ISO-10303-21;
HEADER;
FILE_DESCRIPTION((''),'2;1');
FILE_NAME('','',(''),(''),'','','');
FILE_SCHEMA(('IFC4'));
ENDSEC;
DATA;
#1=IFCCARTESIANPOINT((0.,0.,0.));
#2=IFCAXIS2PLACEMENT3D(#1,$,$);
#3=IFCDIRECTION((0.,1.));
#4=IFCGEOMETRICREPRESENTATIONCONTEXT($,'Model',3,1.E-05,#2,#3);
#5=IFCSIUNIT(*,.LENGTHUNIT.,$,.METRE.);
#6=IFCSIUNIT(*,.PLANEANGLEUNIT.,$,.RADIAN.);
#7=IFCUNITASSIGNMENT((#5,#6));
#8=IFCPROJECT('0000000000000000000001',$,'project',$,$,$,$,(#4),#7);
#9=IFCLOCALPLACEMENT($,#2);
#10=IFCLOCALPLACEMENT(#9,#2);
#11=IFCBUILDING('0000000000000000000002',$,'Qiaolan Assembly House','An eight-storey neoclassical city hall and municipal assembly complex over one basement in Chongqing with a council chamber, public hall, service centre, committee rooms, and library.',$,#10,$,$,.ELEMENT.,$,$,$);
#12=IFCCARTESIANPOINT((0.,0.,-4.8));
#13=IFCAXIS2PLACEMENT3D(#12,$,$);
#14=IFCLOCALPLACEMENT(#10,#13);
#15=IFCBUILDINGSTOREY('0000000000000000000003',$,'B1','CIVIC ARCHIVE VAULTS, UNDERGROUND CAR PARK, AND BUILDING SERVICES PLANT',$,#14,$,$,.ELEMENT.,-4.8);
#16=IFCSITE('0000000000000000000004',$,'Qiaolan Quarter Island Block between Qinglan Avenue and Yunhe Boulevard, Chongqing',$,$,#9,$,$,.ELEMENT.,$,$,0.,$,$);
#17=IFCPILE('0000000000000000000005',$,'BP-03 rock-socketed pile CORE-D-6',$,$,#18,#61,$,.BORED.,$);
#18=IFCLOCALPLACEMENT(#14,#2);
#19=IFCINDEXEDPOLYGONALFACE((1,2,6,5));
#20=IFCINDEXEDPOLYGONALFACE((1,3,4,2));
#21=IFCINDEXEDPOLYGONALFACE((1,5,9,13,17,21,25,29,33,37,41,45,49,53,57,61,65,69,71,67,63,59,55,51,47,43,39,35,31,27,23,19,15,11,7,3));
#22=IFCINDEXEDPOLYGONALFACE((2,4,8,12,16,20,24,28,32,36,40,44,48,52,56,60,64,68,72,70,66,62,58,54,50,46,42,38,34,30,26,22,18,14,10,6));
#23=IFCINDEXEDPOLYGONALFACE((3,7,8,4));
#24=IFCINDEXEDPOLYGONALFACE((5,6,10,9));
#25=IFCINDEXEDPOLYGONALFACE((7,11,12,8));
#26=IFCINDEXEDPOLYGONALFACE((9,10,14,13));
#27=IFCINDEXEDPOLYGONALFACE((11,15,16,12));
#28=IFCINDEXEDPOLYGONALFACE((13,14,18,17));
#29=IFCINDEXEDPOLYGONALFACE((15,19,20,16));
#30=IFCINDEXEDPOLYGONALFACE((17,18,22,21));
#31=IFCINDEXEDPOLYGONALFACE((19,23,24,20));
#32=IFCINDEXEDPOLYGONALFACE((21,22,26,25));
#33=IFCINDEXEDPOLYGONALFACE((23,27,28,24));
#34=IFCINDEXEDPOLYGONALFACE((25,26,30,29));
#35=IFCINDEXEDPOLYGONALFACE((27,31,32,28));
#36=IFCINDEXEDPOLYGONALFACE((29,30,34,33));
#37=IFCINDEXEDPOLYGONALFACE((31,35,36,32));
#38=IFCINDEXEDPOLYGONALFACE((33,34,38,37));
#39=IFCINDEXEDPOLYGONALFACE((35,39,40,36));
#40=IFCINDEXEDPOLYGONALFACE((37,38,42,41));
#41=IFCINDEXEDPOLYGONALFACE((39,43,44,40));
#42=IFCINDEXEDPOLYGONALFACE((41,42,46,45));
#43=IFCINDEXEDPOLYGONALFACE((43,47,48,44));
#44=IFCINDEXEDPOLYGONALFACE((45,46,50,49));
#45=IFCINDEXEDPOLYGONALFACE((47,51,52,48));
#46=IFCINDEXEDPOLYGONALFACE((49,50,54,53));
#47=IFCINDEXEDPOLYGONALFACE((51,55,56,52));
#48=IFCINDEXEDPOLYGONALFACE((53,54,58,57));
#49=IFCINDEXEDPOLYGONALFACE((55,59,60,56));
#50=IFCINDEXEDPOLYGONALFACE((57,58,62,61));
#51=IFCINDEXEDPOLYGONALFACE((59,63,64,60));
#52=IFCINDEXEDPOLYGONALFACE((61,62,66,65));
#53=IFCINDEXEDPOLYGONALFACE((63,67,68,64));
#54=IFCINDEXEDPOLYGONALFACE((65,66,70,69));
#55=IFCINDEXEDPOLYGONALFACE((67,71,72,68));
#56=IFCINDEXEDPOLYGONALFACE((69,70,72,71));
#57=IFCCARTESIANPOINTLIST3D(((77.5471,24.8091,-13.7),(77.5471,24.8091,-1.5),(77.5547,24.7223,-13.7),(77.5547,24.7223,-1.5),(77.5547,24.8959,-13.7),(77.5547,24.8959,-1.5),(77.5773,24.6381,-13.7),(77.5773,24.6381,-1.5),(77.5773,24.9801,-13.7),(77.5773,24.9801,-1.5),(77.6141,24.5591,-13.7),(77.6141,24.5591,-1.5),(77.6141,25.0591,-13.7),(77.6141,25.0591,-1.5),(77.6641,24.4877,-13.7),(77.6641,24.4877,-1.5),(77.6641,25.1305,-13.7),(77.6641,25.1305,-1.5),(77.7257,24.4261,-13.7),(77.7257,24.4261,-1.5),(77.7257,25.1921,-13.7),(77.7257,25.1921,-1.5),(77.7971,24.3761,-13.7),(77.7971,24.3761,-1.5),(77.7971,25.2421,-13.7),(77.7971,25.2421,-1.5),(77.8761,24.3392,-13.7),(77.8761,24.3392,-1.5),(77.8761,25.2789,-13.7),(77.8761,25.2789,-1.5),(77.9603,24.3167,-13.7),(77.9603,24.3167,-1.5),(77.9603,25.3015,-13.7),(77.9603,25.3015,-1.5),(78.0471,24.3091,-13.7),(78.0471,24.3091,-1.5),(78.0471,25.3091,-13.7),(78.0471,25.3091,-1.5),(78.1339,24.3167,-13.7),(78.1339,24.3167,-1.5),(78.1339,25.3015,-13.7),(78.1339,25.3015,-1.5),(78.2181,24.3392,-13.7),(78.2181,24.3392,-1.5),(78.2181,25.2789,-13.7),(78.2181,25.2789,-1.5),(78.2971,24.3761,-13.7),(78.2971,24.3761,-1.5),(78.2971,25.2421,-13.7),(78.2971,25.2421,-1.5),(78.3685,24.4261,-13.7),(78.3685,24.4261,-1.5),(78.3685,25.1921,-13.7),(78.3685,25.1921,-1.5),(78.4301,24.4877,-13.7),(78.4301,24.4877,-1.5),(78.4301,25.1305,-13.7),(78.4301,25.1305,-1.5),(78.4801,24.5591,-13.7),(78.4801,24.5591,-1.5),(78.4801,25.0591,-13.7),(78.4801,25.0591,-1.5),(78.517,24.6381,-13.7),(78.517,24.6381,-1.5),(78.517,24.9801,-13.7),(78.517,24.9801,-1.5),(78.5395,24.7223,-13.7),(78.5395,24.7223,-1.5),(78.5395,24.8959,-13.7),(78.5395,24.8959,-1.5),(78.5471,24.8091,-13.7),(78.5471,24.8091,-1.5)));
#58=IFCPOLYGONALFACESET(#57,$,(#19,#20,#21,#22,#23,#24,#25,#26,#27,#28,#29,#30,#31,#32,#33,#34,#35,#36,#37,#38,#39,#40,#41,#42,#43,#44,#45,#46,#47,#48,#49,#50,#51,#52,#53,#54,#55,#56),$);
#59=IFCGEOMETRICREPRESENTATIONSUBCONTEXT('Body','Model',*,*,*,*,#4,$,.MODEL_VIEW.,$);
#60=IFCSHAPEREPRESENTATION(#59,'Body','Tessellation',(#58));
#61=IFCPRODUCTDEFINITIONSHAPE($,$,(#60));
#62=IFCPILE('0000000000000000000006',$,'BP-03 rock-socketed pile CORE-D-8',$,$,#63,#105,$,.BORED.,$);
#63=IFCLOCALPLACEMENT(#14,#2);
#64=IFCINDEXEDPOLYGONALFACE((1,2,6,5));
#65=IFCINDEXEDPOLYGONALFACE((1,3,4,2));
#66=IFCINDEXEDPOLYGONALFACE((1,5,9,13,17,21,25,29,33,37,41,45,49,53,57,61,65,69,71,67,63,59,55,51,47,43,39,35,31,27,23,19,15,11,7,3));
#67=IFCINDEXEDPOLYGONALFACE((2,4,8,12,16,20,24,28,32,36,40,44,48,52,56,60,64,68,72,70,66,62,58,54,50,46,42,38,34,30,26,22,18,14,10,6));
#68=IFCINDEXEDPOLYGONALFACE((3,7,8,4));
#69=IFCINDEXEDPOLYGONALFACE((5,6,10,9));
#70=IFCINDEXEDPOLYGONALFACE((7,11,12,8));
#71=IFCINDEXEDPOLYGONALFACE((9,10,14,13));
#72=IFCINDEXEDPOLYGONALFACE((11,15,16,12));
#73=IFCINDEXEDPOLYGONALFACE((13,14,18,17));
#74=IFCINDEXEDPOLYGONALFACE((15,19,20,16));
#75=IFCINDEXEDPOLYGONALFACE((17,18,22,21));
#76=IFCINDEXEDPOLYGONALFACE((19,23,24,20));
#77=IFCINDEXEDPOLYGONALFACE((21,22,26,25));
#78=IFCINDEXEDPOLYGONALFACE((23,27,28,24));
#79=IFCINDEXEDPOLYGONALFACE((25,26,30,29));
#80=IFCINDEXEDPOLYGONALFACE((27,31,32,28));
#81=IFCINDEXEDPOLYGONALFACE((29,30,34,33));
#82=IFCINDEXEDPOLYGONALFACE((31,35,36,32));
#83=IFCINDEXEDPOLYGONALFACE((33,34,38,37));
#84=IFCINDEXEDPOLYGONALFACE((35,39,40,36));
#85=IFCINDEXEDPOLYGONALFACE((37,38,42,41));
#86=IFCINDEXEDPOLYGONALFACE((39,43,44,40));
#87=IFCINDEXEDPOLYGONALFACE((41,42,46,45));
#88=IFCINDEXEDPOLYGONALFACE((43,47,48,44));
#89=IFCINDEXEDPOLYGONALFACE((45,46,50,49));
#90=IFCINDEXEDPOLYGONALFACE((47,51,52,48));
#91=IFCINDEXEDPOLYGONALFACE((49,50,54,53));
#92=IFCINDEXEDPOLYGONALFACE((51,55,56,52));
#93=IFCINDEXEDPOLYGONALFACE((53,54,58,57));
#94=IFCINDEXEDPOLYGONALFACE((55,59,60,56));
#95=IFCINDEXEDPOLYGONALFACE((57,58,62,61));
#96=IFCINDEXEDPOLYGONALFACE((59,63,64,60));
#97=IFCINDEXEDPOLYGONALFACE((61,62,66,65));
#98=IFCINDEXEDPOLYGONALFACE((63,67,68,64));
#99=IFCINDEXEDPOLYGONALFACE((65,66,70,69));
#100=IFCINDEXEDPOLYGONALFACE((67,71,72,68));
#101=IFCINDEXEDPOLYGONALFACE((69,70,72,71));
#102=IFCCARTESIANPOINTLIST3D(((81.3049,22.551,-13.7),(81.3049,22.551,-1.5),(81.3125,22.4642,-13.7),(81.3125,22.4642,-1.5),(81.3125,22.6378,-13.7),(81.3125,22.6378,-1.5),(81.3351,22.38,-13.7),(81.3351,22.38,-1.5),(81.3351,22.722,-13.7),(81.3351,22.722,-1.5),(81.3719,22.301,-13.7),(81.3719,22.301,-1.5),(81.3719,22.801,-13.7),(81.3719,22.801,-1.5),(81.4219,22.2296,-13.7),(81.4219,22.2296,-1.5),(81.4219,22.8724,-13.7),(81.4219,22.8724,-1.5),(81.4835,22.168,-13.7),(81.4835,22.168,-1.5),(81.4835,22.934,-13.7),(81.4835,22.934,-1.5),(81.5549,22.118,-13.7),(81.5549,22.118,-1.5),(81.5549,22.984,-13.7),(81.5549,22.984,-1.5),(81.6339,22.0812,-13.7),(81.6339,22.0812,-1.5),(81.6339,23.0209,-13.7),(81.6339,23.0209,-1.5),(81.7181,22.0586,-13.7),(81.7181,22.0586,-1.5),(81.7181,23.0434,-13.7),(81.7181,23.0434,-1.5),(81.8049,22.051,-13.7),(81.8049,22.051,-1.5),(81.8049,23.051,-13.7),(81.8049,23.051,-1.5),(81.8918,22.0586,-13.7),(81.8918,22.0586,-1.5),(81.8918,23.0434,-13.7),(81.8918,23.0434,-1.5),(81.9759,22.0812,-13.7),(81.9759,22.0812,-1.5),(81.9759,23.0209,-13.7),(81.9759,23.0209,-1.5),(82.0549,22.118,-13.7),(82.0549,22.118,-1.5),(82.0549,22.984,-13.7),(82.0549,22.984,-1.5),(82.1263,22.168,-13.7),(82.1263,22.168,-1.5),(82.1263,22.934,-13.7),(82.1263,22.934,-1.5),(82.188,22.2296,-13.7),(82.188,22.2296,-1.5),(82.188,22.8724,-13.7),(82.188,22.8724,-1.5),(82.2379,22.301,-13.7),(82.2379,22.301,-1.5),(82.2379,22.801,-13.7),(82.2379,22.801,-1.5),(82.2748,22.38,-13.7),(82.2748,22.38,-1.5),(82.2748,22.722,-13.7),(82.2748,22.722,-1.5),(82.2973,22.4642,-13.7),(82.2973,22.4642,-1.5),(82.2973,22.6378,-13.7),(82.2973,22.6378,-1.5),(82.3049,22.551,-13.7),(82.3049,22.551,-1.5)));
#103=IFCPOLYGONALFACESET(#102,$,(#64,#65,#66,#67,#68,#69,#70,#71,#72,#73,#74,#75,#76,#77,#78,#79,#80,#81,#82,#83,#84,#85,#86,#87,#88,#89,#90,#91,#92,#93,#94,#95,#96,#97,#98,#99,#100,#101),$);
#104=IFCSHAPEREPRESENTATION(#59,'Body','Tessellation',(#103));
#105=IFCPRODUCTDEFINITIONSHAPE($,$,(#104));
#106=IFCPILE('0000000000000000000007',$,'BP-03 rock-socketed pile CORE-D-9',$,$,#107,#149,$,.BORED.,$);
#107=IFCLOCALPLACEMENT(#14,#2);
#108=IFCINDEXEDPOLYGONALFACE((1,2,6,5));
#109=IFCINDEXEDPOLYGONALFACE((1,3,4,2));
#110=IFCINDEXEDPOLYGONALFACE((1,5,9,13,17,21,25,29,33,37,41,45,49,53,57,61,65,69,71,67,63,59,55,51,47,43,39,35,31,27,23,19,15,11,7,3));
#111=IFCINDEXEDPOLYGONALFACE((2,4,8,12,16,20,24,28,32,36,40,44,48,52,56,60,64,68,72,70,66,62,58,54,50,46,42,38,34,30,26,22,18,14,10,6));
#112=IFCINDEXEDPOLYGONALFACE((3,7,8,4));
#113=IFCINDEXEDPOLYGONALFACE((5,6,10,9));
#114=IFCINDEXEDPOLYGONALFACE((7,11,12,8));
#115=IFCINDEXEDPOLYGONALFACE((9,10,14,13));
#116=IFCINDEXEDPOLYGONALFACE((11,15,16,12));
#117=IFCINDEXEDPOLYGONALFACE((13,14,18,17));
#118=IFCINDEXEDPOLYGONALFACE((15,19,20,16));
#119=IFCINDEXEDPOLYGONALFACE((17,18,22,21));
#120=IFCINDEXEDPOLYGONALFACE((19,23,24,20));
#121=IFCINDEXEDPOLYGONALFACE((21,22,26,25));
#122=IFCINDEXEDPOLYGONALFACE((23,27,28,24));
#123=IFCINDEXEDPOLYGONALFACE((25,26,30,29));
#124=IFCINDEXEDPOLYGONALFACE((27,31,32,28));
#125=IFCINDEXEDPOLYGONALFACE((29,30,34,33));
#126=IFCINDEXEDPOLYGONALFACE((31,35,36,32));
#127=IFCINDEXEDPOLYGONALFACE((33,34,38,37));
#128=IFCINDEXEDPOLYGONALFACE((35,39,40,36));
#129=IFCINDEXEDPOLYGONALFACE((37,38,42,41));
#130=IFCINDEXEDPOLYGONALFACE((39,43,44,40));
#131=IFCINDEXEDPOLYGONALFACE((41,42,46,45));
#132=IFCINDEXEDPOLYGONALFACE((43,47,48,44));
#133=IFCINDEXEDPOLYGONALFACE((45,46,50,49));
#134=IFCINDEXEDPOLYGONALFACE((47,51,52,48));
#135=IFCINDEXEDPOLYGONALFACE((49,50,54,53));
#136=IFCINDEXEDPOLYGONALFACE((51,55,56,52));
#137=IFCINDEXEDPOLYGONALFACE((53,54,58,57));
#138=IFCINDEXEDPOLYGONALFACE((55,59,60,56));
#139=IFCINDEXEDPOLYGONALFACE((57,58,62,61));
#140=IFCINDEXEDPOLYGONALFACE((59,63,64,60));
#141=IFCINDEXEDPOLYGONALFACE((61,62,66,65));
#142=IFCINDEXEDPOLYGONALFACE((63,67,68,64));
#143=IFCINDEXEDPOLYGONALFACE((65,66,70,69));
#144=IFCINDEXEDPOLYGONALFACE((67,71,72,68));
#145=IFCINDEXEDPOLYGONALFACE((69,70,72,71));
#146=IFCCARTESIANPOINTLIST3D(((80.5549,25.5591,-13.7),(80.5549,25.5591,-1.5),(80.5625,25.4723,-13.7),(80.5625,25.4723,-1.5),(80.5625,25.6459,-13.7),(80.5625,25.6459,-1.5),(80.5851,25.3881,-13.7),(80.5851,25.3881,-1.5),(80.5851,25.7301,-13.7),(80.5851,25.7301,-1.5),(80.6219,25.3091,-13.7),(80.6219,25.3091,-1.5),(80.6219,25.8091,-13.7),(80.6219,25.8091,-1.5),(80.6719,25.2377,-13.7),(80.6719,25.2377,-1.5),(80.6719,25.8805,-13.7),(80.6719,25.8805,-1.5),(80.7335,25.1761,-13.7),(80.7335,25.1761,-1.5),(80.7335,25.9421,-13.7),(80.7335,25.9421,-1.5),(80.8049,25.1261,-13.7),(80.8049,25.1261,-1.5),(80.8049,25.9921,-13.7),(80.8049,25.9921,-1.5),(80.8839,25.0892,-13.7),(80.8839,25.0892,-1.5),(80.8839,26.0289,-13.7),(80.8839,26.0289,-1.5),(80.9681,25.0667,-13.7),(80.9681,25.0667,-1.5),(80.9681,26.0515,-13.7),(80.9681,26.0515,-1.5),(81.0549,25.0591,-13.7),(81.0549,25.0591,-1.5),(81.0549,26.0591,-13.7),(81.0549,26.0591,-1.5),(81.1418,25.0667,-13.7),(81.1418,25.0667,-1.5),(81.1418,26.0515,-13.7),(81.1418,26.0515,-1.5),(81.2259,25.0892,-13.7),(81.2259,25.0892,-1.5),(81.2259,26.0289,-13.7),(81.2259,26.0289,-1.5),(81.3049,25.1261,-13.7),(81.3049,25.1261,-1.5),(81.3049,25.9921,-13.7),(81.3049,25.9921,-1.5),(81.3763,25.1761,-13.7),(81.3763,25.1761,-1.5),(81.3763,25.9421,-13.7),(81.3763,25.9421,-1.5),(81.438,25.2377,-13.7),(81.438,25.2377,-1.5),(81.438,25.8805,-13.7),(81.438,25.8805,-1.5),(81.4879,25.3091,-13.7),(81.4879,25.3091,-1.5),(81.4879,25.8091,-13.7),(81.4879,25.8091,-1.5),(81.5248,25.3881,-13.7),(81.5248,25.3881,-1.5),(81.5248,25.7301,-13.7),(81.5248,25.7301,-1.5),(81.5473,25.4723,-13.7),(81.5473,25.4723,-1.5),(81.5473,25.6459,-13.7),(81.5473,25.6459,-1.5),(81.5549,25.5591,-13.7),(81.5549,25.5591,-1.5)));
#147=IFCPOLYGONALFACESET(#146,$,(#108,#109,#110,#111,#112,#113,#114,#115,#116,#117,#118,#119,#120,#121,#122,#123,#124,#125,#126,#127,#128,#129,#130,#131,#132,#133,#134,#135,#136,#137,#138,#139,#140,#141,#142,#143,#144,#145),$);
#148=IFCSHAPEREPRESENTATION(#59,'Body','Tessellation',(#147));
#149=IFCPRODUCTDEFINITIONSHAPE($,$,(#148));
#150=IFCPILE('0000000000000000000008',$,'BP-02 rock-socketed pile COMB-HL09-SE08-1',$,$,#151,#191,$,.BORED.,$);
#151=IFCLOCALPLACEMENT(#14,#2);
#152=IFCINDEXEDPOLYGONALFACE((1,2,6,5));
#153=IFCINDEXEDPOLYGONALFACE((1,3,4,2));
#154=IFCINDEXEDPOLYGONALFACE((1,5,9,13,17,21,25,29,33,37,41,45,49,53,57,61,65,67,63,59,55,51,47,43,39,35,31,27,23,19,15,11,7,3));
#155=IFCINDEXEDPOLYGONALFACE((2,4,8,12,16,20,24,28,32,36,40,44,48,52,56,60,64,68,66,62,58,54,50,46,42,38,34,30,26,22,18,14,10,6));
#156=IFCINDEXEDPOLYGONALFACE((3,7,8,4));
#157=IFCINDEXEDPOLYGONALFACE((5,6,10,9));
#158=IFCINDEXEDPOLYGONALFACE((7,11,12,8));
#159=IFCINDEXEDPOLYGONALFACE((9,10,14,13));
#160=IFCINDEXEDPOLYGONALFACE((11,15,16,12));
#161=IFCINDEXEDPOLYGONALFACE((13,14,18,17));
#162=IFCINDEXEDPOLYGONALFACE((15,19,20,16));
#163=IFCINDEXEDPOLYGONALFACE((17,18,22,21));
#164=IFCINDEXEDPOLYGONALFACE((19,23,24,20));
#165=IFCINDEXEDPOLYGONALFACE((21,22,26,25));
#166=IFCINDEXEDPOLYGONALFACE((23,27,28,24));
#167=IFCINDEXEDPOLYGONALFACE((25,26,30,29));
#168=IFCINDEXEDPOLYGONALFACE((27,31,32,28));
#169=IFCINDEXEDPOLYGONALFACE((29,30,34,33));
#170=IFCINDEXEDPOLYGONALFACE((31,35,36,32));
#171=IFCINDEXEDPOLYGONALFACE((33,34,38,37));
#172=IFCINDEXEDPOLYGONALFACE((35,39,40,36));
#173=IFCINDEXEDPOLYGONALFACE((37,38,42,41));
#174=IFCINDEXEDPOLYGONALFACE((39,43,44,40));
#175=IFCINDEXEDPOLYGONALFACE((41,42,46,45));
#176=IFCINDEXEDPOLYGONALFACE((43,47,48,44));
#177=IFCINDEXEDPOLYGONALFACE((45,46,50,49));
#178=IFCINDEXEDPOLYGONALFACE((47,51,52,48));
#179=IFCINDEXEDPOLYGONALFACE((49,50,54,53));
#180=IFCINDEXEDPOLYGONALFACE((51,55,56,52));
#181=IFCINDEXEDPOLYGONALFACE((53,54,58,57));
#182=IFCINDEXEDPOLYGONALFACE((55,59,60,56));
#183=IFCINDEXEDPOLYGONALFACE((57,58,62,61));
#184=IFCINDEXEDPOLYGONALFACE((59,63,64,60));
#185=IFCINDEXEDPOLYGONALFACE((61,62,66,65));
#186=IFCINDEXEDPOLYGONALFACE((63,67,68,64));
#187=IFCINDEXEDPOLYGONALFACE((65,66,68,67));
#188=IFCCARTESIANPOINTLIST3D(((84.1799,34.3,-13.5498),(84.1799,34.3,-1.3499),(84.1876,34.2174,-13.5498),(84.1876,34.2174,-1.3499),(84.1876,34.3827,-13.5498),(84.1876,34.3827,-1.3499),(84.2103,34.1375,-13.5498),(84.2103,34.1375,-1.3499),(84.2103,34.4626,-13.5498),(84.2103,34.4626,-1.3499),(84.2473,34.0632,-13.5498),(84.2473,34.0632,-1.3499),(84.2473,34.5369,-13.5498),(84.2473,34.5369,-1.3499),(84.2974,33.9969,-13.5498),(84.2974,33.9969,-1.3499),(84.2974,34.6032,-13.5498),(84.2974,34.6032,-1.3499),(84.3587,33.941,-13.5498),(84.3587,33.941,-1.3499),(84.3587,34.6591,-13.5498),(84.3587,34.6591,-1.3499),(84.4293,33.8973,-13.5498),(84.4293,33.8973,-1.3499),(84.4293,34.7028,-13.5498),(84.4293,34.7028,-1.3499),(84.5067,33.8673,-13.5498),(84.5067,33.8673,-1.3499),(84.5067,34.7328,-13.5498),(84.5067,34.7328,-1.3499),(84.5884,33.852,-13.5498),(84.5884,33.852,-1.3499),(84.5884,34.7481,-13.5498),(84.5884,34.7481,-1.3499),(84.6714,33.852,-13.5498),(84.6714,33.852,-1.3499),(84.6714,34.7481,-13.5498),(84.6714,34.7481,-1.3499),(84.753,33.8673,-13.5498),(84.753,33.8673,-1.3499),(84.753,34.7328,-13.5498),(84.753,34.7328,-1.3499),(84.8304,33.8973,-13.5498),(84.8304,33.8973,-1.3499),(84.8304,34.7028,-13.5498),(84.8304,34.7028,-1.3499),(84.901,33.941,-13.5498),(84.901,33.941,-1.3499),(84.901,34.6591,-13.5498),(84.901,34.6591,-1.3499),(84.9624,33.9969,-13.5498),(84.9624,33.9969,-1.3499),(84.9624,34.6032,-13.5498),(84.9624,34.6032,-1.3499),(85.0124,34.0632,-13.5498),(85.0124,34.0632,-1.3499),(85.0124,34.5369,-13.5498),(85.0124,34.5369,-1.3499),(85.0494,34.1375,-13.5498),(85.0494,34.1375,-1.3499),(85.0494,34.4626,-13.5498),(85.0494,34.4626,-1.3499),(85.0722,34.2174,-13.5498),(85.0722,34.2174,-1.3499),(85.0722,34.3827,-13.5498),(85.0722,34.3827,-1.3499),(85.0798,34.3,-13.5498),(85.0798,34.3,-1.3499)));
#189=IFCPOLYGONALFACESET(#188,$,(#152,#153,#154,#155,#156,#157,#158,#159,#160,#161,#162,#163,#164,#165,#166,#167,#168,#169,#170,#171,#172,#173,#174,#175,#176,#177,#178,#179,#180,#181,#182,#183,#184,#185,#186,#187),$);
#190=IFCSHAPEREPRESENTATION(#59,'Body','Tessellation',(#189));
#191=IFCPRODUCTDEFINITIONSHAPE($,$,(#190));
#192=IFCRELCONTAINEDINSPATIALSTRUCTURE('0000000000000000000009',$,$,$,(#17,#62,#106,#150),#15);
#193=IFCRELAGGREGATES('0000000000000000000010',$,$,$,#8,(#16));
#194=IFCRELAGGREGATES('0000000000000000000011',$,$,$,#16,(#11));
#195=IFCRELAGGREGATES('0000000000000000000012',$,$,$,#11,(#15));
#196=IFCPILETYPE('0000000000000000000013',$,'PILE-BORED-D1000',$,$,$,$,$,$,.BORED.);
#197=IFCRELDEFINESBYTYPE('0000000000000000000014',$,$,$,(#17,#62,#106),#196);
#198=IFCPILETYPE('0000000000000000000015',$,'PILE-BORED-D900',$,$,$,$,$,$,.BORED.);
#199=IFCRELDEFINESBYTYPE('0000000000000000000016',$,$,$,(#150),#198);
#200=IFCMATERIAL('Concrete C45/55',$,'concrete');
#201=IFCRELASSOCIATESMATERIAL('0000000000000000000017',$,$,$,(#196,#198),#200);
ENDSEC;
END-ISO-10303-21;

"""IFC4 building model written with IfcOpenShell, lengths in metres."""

from ifc_helpers import new_model, si_unit, direction, frame, origin, origin_2d, place, context, subcontext, project, spatial, circle, extrude, material, material_profile, profile_set, type_object, element, save


model = new_model("IFC4")

# Units and contexts
model_context = context("Model", 3, precision=1e-05, world=origin(), true_north=direction((0.0, 1.0)))
body_context = subcontext(model_context, "Body", "Model", "MODEL_VIEW")
ifc_project = project(units=[si_unit("LENGTHUNIT", "METRE"), si_unit("PLANEANGLEUNIT", "RADIAN")], contexts=[model_context])

# Site, building, storey
site_placement = place(None, origin())
site = spatial("IfcSite", under=ifc_project, at=site_placement, Name="Qiaolan Quarter Island Block between Qinglan Avenue and Yunhe Boulevard, Chongqing", CompositionType="ELEMENT", RefElevation=0.0)
building_placement = place(site_placement, origin())
building = spatial("IfcBuilding", under=site, at=building_placement, Name="Qiaolan Assembly House", Description="An eight-storey neoclassical city hall and municipal assembly complex over one basement in Chongqing with a council chamber, public hall, service centre, committee rooms, and library.", CompositionType="ELEMENT")
storey_placement = place(building_placement, frame((0.0, 0.0, -4.8)))
storey = spatial("IfcBuildingStorey", under=building, at=storey_placement, Name="B1", Description="CIVIC ARCHIVE VAULTS, UNDERGROUND CAR PARK, AND BUILDING SERVICES PLANT", CompositionType="ELEMENT", Elevation=-4.8)

# Piles
ifc_material_1 = material(Name="Concrete C45/55", Category="concrete")
ifc_material_profile_1 = material_profile(ifc_material_1, circle(Radius=0.5, at=origin_2d()), Name="PILE D1000")
ifc_profile_set_1 = profile_set([ifc_material_profile_1], Name="Concrete C45/55")
pile_type_1 = type_object("IfcPileType", Name="PILE-BORED-D1000", PredefinedType="BORED", material=ifc_profile_set_1)
for number, where, z_axis, x_axis, name in (
    (1, (78.0471, 24.8091, -1.5), (0.0, 0.0, -1.0), (1.0, 0.0, 0.0), "BP-03 rock-socketed pile CORE-D-6"),
    (2, (81.8049, 22.551, -1.5), (0.0, 0.0, -1.0), (1.0, 0.0, 0.0), "BP-03 rock-socketed pile CORE-D-8"),
    (3, (81.0549, 25.5591, -1.5), (0.0, 0.0, -1.0), (1.0, 0.0, 0.0), "BP-03 rock-socketed pile CORE-D-9"),
):
    element("IfcPile", number, at=place(storey_placement, frame(where, z_axis=z_axis, x_axis=x_axis)), inside=storey, type_object=pile_type_1, Name=name, PredefinedType="BORED", context=body_context, shape_type="SweptSolid", body=[
        extrude(circle(Radius=0.5, at=origin_2d()), origin(), (0.0, 0.0, 1.0), 12.2),
    ])
ifc_material_profile_2 = material_profile(ifc_material_1, circle(Radius=0.45, at=origin_2d()), Name="PILE D900")
ifc_profile_set_2 = profile_set([ifc_material_profile_2], Name="Concrete C45/55")
pile_type_2 = type_object("IfcPileType", Name="PILE-BORED-D900", PredefinedType="BORED", material=ifc_profile_set_2)
for number, where, z_axis, x_axis, name in (
    (4, (84.6299, 34.3, -1.3499), (0.0, 0.0, -1.0), (1.0, 0.0, 0.0), "BP-02 rock-socketed pile COMB-HL09-SE08-1"),
):
    element("IfcPile", number, at=place(storey_placement, frame(where, z_axis=z_axis, x_axis=x_axis)), inside=storey, type_object=pile_type_2, Name=name, PredefinedType="BORED", context=body_context, shape_type="SweptSolid", body=[
        extrude(circle(Radius=0.45, at=origin_2d()), origin(), (0.0, 0.0, 1.0), 12.2),
    ])

save(model, "model.ifc")
